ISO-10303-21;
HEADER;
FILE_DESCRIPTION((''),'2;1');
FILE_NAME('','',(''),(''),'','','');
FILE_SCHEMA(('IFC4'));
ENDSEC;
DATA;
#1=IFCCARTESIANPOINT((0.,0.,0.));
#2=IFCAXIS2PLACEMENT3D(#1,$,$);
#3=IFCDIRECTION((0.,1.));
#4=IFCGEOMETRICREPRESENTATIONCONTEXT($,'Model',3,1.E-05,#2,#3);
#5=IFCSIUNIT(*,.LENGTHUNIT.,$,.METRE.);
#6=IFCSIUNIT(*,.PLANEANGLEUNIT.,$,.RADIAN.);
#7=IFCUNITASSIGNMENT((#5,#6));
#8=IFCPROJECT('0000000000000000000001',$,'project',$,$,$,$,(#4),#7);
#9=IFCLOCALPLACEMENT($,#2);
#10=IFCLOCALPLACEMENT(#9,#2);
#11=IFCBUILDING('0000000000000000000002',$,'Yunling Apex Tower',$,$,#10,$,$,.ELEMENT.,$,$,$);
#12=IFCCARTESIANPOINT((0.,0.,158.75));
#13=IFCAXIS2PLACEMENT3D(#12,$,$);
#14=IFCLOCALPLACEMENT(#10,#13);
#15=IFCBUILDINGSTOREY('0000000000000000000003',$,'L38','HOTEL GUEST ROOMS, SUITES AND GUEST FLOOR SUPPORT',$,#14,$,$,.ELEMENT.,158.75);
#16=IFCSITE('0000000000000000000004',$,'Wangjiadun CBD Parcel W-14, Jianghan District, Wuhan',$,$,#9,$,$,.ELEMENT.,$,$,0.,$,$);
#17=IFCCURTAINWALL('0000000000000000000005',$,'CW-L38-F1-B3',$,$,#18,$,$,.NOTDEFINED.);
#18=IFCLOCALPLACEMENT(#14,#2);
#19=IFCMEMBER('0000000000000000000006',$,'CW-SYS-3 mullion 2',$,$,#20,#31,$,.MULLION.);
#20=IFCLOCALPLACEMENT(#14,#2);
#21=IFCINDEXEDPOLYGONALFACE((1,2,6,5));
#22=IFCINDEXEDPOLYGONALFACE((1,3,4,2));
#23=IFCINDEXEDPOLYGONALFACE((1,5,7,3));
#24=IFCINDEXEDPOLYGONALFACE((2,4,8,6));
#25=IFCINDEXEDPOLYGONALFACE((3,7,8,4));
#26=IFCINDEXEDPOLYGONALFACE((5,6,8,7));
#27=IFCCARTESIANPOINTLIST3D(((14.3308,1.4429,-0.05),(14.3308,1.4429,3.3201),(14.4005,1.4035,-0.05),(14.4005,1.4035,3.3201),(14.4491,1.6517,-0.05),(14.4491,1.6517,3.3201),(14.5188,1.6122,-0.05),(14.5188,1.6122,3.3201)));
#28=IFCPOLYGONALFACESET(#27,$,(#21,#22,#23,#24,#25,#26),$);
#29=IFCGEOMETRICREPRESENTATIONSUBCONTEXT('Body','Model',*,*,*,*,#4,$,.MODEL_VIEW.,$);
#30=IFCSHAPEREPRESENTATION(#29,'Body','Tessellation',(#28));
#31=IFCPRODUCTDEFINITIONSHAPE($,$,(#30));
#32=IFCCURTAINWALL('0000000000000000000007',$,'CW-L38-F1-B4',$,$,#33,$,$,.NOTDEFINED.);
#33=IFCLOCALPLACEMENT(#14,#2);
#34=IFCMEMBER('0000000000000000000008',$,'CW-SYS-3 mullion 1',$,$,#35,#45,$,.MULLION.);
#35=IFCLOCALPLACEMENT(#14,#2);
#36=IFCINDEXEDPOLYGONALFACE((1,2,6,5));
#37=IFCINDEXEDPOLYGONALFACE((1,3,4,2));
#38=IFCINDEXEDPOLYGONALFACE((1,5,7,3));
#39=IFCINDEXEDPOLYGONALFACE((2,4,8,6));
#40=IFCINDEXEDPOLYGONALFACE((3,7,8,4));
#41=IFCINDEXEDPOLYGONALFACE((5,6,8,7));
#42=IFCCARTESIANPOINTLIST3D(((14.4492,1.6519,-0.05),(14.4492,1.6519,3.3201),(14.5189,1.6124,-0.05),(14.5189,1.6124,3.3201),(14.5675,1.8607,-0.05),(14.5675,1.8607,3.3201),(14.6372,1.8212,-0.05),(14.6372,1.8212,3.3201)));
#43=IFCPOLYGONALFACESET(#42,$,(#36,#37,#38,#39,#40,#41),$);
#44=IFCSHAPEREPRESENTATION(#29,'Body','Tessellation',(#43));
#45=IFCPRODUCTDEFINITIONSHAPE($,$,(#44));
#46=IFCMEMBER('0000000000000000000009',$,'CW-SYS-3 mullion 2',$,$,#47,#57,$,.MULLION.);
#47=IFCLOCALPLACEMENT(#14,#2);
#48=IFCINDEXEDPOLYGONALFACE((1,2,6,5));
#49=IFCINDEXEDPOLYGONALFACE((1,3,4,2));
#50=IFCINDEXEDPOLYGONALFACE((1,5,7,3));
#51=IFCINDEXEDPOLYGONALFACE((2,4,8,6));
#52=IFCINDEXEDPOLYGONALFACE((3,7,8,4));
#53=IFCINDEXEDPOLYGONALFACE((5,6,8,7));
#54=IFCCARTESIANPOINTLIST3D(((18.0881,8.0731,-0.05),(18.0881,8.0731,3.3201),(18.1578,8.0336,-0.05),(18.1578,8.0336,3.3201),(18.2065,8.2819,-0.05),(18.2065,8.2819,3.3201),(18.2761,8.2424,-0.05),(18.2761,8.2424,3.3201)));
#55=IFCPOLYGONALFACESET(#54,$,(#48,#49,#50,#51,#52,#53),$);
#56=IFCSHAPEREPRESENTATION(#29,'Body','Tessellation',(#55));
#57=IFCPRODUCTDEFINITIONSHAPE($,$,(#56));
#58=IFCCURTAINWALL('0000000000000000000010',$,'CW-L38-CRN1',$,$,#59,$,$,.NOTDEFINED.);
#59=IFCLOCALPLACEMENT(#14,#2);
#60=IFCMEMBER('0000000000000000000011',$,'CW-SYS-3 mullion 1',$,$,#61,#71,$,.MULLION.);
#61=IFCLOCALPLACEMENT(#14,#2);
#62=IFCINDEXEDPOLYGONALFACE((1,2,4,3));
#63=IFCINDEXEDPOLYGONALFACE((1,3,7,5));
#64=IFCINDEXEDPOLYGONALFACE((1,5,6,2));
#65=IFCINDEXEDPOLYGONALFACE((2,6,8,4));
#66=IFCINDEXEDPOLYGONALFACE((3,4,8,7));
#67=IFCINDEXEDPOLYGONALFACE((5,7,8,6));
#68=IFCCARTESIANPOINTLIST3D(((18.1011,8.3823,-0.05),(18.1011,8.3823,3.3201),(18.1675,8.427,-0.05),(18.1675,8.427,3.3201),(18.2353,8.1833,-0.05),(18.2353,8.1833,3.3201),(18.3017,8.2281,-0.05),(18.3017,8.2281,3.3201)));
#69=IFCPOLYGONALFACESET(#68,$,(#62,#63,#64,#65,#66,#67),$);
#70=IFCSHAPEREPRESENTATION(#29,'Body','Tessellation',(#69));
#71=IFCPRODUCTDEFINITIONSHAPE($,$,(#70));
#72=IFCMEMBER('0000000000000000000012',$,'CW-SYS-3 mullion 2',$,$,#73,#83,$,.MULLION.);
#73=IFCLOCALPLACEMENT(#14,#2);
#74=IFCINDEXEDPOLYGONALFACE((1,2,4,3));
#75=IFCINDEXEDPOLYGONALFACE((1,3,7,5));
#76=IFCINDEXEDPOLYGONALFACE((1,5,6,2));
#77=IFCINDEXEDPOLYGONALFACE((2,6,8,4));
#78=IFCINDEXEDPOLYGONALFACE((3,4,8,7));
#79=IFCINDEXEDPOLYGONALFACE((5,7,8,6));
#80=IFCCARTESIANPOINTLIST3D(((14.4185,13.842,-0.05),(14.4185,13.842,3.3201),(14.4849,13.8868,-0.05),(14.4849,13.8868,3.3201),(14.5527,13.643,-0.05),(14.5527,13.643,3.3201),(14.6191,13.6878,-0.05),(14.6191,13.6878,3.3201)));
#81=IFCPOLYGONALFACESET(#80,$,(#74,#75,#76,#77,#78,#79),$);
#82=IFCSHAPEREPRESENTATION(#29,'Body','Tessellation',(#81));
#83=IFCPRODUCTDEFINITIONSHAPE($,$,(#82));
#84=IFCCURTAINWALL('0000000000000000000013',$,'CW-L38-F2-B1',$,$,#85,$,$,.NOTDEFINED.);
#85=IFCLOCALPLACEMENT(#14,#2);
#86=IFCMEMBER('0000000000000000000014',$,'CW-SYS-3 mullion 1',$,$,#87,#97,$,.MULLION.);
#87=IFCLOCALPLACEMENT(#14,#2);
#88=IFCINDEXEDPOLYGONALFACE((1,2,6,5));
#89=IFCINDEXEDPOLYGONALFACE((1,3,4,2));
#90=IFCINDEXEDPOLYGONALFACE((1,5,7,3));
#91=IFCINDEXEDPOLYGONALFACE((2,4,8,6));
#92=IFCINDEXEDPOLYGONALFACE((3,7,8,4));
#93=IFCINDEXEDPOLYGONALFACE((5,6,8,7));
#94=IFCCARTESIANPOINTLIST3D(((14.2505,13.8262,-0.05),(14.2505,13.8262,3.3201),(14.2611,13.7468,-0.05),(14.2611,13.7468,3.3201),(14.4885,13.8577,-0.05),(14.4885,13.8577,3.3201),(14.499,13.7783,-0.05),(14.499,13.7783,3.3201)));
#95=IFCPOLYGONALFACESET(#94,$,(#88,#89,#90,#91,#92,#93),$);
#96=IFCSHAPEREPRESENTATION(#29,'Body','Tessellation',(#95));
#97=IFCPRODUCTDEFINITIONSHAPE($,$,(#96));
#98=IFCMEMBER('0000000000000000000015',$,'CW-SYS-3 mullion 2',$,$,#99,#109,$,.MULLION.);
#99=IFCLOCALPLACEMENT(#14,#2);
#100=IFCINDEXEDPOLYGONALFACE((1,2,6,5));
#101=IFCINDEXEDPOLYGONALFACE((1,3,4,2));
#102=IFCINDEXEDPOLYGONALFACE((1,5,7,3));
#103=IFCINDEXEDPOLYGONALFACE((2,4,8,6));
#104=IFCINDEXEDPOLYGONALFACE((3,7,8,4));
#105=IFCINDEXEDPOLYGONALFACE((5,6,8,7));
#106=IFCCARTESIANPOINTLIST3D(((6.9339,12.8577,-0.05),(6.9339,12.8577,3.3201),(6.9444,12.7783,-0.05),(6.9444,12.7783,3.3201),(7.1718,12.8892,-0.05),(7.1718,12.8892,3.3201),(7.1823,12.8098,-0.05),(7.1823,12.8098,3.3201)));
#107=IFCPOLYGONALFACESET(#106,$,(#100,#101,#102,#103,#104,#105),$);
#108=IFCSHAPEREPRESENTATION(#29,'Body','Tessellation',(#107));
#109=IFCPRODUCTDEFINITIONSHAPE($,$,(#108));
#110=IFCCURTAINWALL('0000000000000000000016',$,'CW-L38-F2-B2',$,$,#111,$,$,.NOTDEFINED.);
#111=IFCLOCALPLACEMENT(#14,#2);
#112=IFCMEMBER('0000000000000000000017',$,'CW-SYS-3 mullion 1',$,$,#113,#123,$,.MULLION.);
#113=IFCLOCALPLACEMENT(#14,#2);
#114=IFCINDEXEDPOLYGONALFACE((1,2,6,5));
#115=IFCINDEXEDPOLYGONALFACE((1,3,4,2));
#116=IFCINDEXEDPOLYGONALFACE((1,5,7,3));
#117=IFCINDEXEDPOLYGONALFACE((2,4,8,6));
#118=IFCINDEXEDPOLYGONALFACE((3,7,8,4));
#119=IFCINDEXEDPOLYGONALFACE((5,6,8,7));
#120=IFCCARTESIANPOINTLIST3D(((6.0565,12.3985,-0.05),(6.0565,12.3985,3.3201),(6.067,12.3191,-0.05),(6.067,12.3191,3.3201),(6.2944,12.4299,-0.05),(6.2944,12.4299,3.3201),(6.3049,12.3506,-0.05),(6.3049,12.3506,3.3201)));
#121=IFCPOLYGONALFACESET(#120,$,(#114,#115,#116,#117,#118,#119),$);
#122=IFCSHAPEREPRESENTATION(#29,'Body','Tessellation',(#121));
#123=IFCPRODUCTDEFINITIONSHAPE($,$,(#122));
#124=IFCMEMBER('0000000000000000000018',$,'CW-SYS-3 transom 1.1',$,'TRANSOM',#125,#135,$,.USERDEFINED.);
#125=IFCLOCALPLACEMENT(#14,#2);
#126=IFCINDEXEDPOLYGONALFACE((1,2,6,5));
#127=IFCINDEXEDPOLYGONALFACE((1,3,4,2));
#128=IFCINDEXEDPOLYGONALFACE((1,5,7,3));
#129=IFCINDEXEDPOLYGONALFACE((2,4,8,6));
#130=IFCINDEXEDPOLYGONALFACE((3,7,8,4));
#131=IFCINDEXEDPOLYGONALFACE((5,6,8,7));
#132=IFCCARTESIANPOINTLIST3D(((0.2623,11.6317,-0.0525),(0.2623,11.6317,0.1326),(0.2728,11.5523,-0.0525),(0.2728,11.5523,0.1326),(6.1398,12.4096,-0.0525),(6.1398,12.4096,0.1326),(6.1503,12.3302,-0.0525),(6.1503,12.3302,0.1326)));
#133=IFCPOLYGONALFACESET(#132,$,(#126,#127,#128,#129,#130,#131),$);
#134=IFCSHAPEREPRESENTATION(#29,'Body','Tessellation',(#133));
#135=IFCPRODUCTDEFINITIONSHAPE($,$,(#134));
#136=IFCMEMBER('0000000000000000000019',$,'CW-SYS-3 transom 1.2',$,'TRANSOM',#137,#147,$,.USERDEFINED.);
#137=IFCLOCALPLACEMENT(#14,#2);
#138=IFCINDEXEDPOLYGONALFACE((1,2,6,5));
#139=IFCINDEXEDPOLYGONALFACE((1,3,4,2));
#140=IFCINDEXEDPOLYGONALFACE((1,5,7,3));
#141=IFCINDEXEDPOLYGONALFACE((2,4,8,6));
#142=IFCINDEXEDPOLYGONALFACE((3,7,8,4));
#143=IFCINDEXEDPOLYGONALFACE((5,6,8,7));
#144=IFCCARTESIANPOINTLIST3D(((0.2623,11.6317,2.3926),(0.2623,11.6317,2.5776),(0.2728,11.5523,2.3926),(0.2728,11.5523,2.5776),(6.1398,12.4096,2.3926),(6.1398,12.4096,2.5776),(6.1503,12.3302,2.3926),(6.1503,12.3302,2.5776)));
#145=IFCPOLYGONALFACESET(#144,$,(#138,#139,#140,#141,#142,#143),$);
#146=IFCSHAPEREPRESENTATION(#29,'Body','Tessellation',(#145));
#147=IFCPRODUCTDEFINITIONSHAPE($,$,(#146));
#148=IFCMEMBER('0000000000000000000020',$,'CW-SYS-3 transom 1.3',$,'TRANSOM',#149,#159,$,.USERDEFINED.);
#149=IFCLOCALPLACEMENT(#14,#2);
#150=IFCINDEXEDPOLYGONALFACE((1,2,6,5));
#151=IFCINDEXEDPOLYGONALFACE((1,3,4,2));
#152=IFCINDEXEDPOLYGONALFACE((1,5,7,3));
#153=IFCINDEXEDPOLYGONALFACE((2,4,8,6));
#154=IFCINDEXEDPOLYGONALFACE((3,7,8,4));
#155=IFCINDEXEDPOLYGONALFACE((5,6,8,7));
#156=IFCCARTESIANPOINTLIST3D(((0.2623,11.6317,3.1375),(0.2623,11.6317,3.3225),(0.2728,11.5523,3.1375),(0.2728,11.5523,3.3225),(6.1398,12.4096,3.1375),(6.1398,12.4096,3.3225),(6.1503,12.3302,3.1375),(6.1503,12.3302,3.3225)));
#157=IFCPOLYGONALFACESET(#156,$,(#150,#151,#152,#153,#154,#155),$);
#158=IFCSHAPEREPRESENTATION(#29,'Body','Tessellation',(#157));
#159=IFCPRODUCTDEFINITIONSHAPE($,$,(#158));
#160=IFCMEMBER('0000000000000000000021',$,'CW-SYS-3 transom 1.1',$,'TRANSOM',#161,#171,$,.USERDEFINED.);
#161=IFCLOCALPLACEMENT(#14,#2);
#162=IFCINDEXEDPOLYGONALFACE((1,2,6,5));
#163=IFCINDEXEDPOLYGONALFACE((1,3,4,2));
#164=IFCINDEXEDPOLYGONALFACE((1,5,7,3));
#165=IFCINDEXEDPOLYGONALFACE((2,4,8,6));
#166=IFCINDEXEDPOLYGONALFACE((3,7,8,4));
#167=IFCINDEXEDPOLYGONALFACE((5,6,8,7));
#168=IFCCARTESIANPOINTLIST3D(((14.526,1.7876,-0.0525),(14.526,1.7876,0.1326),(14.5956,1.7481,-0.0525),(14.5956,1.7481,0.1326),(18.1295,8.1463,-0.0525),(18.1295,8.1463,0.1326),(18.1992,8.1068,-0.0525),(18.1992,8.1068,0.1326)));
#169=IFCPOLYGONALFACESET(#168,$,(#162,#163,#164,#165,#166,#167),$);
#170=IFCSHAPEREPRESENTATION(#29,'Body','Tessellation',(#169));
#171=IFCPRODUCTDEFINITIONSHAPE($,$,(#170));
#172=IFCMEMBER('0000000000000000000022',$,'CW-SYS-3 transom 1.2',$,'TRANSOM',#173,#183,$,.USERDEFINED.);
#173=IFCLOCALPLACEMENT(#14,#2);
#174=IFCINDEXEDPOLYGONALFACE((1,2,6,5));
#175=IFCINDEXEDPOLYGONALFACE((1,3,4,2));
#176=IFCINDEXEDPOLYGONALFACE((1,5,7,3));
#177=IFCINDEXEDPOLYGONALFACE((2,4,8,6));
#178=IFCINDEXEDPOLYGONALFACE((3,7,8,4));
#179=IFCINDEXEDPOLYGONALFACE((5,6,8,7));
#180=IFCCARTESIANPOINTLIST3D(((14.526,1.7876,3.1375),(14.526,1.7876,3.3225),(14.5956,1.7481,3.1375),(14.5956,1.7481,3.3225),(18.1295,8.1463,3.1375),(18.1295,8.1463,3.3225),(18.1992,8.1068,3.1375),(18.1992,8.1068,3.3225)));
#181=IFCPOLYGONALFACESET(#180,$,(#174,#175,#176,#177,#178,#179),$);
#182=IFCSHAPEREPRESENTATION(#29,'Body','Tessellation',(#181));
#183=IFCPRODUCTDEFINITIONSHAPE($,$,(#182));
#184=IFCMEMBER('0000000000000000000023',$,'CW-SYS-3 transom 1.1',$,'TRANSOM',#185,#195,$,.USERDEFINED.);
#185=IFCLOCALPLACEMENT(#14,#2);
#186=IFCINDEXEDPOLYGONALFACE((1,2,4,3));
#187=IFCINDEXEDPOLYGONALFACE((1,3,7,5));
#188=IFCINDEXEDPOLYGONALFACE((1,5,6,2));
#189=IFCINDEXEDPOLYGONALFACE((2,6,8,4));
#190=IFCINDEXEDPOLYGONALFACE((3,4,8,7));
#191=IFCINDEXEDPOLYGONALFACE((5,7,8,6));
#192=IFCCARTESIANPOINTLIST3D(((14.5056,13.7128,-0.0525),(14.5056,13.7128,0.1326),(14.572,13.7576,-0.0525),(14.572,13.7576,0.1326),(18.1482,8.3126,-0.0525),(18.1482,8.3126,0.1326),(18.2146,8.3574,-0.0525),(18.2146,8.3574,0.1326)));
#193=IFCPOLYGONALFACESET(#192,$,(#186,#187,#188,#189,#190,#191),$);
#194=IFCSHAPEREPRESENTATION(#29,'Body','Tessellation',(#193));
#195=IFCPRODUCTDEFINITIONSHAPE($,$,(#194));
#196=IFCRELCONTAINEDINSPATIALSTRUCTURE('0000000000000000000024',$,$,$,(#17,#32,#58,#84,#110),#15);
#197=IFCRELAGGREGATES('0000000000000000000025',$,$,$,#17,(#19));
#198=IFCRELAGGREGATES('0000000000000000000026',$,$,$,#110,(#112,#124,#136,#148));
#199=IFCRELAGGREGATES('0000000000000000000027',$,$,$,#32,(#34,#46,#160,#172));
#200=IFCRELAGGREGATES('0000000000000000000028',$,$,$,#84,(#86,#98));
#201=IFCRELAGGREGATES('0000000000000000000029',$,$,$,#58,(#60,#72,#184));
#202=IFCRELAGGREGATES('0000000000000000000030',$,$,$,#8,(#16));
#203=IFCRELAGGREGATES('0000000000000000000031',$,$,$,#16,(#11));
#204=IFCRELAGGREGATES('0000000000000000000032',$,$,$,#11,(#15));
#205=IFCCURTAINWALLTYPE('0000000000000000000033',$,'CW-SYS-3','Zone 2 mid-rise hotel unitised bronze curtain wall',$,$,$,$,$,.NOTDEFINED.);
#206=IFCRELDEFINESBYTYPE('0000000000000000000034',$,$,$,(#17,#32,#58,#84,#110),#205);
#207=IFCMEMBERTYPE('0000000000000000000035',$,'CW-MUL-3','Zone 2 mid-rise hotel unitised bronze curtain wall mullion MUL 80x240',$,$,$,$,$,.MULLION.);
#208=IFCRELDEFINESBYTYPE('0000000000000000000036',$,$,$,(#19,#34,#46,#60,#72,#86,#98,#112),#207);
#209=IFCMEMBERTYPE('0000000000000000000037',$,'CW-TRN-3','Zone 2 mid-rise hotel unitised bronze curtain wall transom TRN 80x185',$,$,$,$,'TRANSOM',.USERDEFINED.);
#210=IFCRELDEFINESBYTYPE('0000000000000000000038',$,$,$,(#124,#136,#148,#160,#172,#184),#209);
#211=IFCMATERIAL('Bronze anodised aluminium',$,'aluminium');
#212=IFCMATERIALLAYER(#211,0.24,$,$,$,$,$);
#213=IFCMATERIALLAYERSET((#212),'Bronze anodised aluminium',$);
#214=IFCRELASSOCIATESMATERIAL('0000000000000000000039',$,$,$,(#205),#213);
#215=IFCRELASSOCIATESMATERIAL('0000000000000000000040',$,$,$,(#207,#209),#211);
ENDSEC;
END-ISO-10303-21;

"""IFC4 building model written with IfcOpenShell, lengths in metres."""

from ifc_helpers import new_model, si_unit, direction, frame, origin, origin_2d, place, context, subcontext, project, spatial, rectangle, extrude, source, transform, mapped, material, layer, layer_set, material_profile, profile_set, type_object, element, aggregate, save


model = new_model("IFC4")

# Units and contexts
model_context = context("Model", 3, precision=1e-05, world=origin(), true_north=direction((0.0, 1.0)))
body_context = subcontext(model_context, "Body", "Model", "MODEL_VIEW")
ifc_project = project(units=[si_unit("LENGTHUNIT", "METRE"), si_unit("PLANEANGLEUNIT", "RADIAN")], contexts=[model_context])

# Site, building, storey
site_placement = place(None, origin())
site = spatial("IfcSite", under=ifc_project, at=site_placement, Name="Wangjiadun CBD Parcel W-14, Jianghan District, Wuhan", CompositionType="ELEMENT", RefElevation=0.0)
building_placement = place(site_placement, origin())
building = spatial("IfcBuilding", under=site, at=building_placement, Name="Yunling Apex Tower", CompositionType="ELEMENT")
storey_placement = place(building_placement, frame((0.0, 0.0, 158.75)))
storey = spatial("IfcBuildingStorey", under=building, at=storey_placement, Name="L38", Description="HOTEL GUEST ROOMS, SUITES AND GUEST FLOOR SUPPORT", CompositionType="ELEMENT", Elevation=158.75)

# Curtain wall, member
ifc_material_1 = material(Name="Bronze anodised aluminium", Category="aluminium")
ifc_layer_1 = layer(ifc_material_1, 0.24)
ifc_layer_set_1 = layer_set([ifc_layer_1], Name="Bronze anodised aluminium")
curtain_wall_type = type_object("IfcCurtainWallType", Name="CW-SYS-3", Description="Zone 2 mid-rise hotel unitised bronze curtain wall", PredefinedType="NOTDEFINED", material=ifc_layer_set_1)
curtain_wall_1_placement = place(storey_placement, origin())
curtain_wall_1 = element("IfcCurtainWall", 1, at=curtain_wall_1_placement, inside=storey, type_object=curtain_wall_type, Name="CW-L38-F1-B3", PredefinedType="NOTDEFINED")
ifc_material_profile_1 = material_profile(ifc_material_1, rectangle(XDim=0.0801, YDim=0.24, at=origin_2d()))
ifc_profile_set_1 = profile_set([ifc_material_profile_1], Name="Bronze anodised aluminium")
member_type_1 = type_object("IfcMemberType", Name="CW-MUL-3", Description="Zone 2 mid-rise hotel unitised bronze curtain wall mullion MUL 80x240", PredefinedType="MULLION", material=ifc_profile_set_1)
shared_shape_1 = source(origin(), body_context, "Body", "SweptSolid", [
    extrude(rectangle(XDim=0.0801, YDim=0.24, at=origin_2d()), origin(), (0.0, 0.0, 1.0), 3.3701),
])
member_1_placement = place(storey_placement, frame((14.4248, 1.5276, -0.05), z_axis=(0.0, 0.0, 1.0), x_axis=(-0.870009, 0.493035, 0.0)))
member_1 = element("IfcMember", 2, at=member_1_placement, type_object=member_type_1, Name="CW-SYS-3 mullion 2", PredefinedType="MULLION", context=body_context, shape_type="MappedRepresentation", body=[
    mapped(shared_shape_1, transform((0.0, 0.0, 0.0), scale=1.0)),
])
aggregate(curtain_wall_1, [member_1])

# Curtain walls, members
curtain_wall_2_placement = place(storey_placement, origin())
curtain_wall_2 = element("IfcCurtainWall", 3, at=curtain_wall_2_placement, inside=storey, type_object=curtain_wall_type, Name="CW-L38-F1-B4", PredefinedType="NOTDEFINED")
member_2_placement = place(storey_placement, frame((14.5432, 1.7366, -0.05), z_axis=(0.0, 0.0, 1.0), x_axis=(-0.870006, 0.493041, 0.0)))
member_2 = element("IfcMember", 4, at=member_2_placement, type_object=member_type_1, Name="CW-SYS-3 mullion 1", PredefinedType="MULLION", context=body_context, shape_type="MappedRepresentation", body=[
    mapped(shared_shape_1, transform((0.0, 0.0, 0.0), scale=1.0)),
])
member_3_placement = place(storey_placement, frame((18.1821, 8.1577, -0.05), z_axis=(0.0, 0.0, 1.0), x_axis=(-0.870006, 0.493041, 0.0)))
member_3 = element("IfcMember", 5, at=member_3_placement, type_object=member_type_1, Name="CW-SYS-3 mullion 2", PredefinedType="MULLION", context=body_context, shape_type="MappedRepresentation", body=[
    mapped(shared_shape_1, transform((0.0, 0.0, 0.0), scale=1.0)),
])
curtain_wall_3_placement = place(storey_placement, origin())
curtain_wall_3 = element("IfcCurtainWall", 6, at=curtain_wall_3_placement, inside=storey, type_object=curtain_wall_type, Name="CW-L38-CRN1", PredefinedType="NOTDEFINED")
member_4_placement = place(storey_placement, frame((18.2014, 8.3052, -0.05), z_axis=(0.0, 0.0, 1.0), x_axis=(-0.829038, -0.559193, 0.0)))
member_4 = element("IfcMember", 7, at=member_4_placement, type_object=member_type_1, Name="CW-SYS-3 mullion 1", PredefinedType="MULLION", context=body_context, shape_type="MappedRepresentation", body=[
    mapped(shared_shape_1, transform((0.0, 0.0, 0.0), scale=1.0)),
])
member_5_placement = place(storey_placement, frame((14.5188, 13.7649, -0.05), z_axis=(0.0, 0.0, 1.0), x_axis=(-0.829038, -0.559193, 0.0)))
member_5 = element("IfcMember", 8, at=member_5_placement, type_object=member_type_1, Name="CW-SYS-3 mullion 2", PredefinedType="MULLION", context=body_context, shape_type="MappedRepresentation", body=[
    mapped(shared_shape_1, transform((0.0, 0.0, 0.0), scale=1.0)),
])
curtain_wall_4_placement = place(storey_placement, origin())
curtain_wall_4 = element("IfcCurtainWall", 9, at=curtain_wall_4_placement, inside=storey, type_object=curtain_wall_type, Name="CW-L38-F2-B1", PredefinedType="NOTDEFINED")
member_6_placement = place(storey_placement, frame((14.3748, 13.8022, -0.05), z_axis=(0.0, 0.0, 1.0), x_axis=(0.131222, -0.991353, 0.0)))
member_6 = element("IfcMember", 10, at=member_6_placement, type_object=member_type_1, Name="CW-SYS-3 mullion 1", PredefinedType="MULLION", context=body_context, shape_type="MappedRepresentation", body=[
    mapped(shared_shape_1, transform((0.0, 0.0, 0.0), scale=1.0)),
])
member_7_placement = place(storey_placement, frame((7.0581, 12.8337, -0.05), z_axis=(0.0, 0.0, 1.0), x_axis=(0.131222, -0.991353, 0.0)))
member_7 = element("IfcMember", 11, at=member_7_placement, type_object=member_type_1, Name="CW-SYS-3 mullion 2", PredefinedType="MULLION", context=body_context, shape_type="MappedRepresentation", body=[
    mapped(shared_shape_1, transform((0.0, 0.0, 0.0), scale=1.0)),
])
curtain_wall_5_placement = place(storey_placement, origin())
curtain_wall_5 = element("IfcCurtainWall", 12, at=curtain_wall_5_placement, inside=storey, type_object=curtain_wall_type, Name="CW-L38-F2-B2", PredefinedType="NOTDEFINED")
member_8_placement = place(storey_placement, frame((6.1807, 12.3745, -0.05), z_axis=(0.0, 0.0, 1.0), x_axis=(0.131205, -0.991355, 0.0)))
member_8 = element("IfcMember", 13, at=member_8_placement, type_object=member_type_1, Name="CW-SYS-3 mullion 1", PredefinedType="MULLION", context=body_context, shape_type="MappedRepresentation", body=[
    mapped(shared_shape_1, transform((0.0, 0.0, 0.0), scale=1.0)),
])
ifc_material_profile_2 = material_profile(ifc_material_1, rectangle(XDim=0.0801, YDim=0.1851, at=origin_2d()))
ifc_profile_set_2 = profile_set([ifc_material_profile_2], Name="Bronze anodised aluminium")
member_type_2 = type_object("IfcMemberType", Name="CW-TRN-3", Description="Zone 2 mid-rise hotel unitised bronze curtain wall transom TRN 80x185", ElementType="TRANSOM", PredefinedType="USERDEFINED", material=ifc_profile_set_2)
shared_shape_2 = source(origin(), body_context, "Body", "SweptSolid", [
    extrude(rectangle(XDim=0.0801, YDim=0.1851, at=origin_2d()), origin(), (0.0, 0.0, 1.0), 5.9287),
])
member_9_placement = place(storey_placement, frame((6.145, 12.3699, 0.04), z_axis=(-0.991356, -0.131198, 0.0), x_axis=(0.131198, -0.991356, 0.0)))
member_9 = element("IfcMember", 14, at=member_9_placement, type_object=member_type_2, Name="CW-SYS-3 transom 1.1", ObjectType="TRANSOM", PredefinedType="USERDEFINED", context=body_context, shape_type="MappedRepresentation", body=[
    mapped(shared_shape_2, transform((0.0, 0.0, 0.0), scale=1.0)),
])
member_10_placement = place(storey_placement, frame((6.145, 12.3699, 2.4851), z_axis=(-0.991356, -0.131198, 0.0), x_axis=(0.131198, -0.991356, 0.0)))
member_10 = element("IfcMember", 15, at=member_10_placement, type_object=member_type_2, Name="CW-SYS-3 transom 1.2", ObjectType="TRANSOM", PredefinedType="USERDEFINED", context=body_context, shape_type="MappedRepresentation", body=[
    mapped(shared_shape_2, transform((0.0, 0.0, 0.0), scale=1.0)),
])
member_11_placement = place(storey_placement, frame((6.145, 12.3699, 3.23), z_axis=(-0.991356, -0.131198, 0.0), x_axis=(0.131198, -0.991356, 0.0)))
member_11 = element("IfcMember", 16, at=member_11_placement, type_object=member_type_2, Name="CW-SYS-3 transom 1.3", ObjectType="TRANSOM", PredefinedType="USERDEFINED", context=body_context, shape_type="MappedRepresentation", body=[
    mapped(shared_shape_2, transform((0.0, 0.0, 0.0), scale=1.0)),
])
aggregate(curtain_wall_5, [member_8, member_9, member_10, member_11])

# Members
shared_shape_3 = source(origin(), body_context, "Body", "SweptSolid", [
    extrude(rectangle(XDim=0.0801, YDim=0.1851, at=origin_2d()), origin(), (0.0, 0.0, 1.0), 7.3088),
])
member_12_placement = place(storey_placement, frame((14.5608, 1.7678, 0.04), z_axis=(0.493042, 0.870005, 0.0), x_axis=(-0.870005, 0.493042, 0.0)))
member_12 = element("IfcMember", 17, at=member_12_placement, type_object=member_type_2, Name="CW-SYS-3 transom 1.1", ObjectType="TRANSOM", PredefinedType="USERDEFINED", context=body_context, shape_type="MappedRepresentation", body=[
    mapped(shared_shape_3, transform((0.0, 0.0, 0.0), scale=1.0)),
])
member_13_placement = place(storey_placement, frame((14.5608, 1.7678, 3.23), z_axis=(0.493042, 0.870005, 0.0), x_axis=(-0.870005, 0.493042, 0.0)))
member_13 = element("IfcMember", 18, at=member_13_placement, type_object=member_type_2, Name="CW-SYS-3 transom 1.2", ObjectType="TRANSOM", PredefinedType="USERDEFINED", context=body_context, shape_type="MappedRepresentation", body=[
    mapped(shared_shape_3, transform((0.0, 0.0, 0.0), scale=1.0)),
])
shared_shape_4 = source(origin(), body_context, "Body", "SweptSolid", [
    extrude(rectangle(XDim=0.0801, YDim=0.1851, at=origin_2d()), origin(), (0.0, 0.0, 1.0), 6.5139),
])
member_14_placement = place(storey_placement, frame((18.1814, 8.335, 0.04), z_axis=(-0.559207, 0.829028, 0.0), x_axis=(-0.829028, -0.559207, 0.0)))
member_14 = element("IfcMember", 19, at=member_14_placement, type_object=member_type_2, Name="CW-SYS-3 transom 1.1", ObjectType="TRANSOM", PredefinedType="USERDEFINED", context=body_context, shape_type="MappedRepresentation", body=[
    mapped(shared_shape_4, transform((0.0, 0.0, 0.0), scale=1.0)),
])

aggregate(curtain_wall_2, [member_2, member_3, member_12, member_13])
aggregate(curtain_wall_4, [member_6, member_7])
aggregate(curtain_wall_3, [member_4, member_5, member_14])

save(model, "model.ifc")
